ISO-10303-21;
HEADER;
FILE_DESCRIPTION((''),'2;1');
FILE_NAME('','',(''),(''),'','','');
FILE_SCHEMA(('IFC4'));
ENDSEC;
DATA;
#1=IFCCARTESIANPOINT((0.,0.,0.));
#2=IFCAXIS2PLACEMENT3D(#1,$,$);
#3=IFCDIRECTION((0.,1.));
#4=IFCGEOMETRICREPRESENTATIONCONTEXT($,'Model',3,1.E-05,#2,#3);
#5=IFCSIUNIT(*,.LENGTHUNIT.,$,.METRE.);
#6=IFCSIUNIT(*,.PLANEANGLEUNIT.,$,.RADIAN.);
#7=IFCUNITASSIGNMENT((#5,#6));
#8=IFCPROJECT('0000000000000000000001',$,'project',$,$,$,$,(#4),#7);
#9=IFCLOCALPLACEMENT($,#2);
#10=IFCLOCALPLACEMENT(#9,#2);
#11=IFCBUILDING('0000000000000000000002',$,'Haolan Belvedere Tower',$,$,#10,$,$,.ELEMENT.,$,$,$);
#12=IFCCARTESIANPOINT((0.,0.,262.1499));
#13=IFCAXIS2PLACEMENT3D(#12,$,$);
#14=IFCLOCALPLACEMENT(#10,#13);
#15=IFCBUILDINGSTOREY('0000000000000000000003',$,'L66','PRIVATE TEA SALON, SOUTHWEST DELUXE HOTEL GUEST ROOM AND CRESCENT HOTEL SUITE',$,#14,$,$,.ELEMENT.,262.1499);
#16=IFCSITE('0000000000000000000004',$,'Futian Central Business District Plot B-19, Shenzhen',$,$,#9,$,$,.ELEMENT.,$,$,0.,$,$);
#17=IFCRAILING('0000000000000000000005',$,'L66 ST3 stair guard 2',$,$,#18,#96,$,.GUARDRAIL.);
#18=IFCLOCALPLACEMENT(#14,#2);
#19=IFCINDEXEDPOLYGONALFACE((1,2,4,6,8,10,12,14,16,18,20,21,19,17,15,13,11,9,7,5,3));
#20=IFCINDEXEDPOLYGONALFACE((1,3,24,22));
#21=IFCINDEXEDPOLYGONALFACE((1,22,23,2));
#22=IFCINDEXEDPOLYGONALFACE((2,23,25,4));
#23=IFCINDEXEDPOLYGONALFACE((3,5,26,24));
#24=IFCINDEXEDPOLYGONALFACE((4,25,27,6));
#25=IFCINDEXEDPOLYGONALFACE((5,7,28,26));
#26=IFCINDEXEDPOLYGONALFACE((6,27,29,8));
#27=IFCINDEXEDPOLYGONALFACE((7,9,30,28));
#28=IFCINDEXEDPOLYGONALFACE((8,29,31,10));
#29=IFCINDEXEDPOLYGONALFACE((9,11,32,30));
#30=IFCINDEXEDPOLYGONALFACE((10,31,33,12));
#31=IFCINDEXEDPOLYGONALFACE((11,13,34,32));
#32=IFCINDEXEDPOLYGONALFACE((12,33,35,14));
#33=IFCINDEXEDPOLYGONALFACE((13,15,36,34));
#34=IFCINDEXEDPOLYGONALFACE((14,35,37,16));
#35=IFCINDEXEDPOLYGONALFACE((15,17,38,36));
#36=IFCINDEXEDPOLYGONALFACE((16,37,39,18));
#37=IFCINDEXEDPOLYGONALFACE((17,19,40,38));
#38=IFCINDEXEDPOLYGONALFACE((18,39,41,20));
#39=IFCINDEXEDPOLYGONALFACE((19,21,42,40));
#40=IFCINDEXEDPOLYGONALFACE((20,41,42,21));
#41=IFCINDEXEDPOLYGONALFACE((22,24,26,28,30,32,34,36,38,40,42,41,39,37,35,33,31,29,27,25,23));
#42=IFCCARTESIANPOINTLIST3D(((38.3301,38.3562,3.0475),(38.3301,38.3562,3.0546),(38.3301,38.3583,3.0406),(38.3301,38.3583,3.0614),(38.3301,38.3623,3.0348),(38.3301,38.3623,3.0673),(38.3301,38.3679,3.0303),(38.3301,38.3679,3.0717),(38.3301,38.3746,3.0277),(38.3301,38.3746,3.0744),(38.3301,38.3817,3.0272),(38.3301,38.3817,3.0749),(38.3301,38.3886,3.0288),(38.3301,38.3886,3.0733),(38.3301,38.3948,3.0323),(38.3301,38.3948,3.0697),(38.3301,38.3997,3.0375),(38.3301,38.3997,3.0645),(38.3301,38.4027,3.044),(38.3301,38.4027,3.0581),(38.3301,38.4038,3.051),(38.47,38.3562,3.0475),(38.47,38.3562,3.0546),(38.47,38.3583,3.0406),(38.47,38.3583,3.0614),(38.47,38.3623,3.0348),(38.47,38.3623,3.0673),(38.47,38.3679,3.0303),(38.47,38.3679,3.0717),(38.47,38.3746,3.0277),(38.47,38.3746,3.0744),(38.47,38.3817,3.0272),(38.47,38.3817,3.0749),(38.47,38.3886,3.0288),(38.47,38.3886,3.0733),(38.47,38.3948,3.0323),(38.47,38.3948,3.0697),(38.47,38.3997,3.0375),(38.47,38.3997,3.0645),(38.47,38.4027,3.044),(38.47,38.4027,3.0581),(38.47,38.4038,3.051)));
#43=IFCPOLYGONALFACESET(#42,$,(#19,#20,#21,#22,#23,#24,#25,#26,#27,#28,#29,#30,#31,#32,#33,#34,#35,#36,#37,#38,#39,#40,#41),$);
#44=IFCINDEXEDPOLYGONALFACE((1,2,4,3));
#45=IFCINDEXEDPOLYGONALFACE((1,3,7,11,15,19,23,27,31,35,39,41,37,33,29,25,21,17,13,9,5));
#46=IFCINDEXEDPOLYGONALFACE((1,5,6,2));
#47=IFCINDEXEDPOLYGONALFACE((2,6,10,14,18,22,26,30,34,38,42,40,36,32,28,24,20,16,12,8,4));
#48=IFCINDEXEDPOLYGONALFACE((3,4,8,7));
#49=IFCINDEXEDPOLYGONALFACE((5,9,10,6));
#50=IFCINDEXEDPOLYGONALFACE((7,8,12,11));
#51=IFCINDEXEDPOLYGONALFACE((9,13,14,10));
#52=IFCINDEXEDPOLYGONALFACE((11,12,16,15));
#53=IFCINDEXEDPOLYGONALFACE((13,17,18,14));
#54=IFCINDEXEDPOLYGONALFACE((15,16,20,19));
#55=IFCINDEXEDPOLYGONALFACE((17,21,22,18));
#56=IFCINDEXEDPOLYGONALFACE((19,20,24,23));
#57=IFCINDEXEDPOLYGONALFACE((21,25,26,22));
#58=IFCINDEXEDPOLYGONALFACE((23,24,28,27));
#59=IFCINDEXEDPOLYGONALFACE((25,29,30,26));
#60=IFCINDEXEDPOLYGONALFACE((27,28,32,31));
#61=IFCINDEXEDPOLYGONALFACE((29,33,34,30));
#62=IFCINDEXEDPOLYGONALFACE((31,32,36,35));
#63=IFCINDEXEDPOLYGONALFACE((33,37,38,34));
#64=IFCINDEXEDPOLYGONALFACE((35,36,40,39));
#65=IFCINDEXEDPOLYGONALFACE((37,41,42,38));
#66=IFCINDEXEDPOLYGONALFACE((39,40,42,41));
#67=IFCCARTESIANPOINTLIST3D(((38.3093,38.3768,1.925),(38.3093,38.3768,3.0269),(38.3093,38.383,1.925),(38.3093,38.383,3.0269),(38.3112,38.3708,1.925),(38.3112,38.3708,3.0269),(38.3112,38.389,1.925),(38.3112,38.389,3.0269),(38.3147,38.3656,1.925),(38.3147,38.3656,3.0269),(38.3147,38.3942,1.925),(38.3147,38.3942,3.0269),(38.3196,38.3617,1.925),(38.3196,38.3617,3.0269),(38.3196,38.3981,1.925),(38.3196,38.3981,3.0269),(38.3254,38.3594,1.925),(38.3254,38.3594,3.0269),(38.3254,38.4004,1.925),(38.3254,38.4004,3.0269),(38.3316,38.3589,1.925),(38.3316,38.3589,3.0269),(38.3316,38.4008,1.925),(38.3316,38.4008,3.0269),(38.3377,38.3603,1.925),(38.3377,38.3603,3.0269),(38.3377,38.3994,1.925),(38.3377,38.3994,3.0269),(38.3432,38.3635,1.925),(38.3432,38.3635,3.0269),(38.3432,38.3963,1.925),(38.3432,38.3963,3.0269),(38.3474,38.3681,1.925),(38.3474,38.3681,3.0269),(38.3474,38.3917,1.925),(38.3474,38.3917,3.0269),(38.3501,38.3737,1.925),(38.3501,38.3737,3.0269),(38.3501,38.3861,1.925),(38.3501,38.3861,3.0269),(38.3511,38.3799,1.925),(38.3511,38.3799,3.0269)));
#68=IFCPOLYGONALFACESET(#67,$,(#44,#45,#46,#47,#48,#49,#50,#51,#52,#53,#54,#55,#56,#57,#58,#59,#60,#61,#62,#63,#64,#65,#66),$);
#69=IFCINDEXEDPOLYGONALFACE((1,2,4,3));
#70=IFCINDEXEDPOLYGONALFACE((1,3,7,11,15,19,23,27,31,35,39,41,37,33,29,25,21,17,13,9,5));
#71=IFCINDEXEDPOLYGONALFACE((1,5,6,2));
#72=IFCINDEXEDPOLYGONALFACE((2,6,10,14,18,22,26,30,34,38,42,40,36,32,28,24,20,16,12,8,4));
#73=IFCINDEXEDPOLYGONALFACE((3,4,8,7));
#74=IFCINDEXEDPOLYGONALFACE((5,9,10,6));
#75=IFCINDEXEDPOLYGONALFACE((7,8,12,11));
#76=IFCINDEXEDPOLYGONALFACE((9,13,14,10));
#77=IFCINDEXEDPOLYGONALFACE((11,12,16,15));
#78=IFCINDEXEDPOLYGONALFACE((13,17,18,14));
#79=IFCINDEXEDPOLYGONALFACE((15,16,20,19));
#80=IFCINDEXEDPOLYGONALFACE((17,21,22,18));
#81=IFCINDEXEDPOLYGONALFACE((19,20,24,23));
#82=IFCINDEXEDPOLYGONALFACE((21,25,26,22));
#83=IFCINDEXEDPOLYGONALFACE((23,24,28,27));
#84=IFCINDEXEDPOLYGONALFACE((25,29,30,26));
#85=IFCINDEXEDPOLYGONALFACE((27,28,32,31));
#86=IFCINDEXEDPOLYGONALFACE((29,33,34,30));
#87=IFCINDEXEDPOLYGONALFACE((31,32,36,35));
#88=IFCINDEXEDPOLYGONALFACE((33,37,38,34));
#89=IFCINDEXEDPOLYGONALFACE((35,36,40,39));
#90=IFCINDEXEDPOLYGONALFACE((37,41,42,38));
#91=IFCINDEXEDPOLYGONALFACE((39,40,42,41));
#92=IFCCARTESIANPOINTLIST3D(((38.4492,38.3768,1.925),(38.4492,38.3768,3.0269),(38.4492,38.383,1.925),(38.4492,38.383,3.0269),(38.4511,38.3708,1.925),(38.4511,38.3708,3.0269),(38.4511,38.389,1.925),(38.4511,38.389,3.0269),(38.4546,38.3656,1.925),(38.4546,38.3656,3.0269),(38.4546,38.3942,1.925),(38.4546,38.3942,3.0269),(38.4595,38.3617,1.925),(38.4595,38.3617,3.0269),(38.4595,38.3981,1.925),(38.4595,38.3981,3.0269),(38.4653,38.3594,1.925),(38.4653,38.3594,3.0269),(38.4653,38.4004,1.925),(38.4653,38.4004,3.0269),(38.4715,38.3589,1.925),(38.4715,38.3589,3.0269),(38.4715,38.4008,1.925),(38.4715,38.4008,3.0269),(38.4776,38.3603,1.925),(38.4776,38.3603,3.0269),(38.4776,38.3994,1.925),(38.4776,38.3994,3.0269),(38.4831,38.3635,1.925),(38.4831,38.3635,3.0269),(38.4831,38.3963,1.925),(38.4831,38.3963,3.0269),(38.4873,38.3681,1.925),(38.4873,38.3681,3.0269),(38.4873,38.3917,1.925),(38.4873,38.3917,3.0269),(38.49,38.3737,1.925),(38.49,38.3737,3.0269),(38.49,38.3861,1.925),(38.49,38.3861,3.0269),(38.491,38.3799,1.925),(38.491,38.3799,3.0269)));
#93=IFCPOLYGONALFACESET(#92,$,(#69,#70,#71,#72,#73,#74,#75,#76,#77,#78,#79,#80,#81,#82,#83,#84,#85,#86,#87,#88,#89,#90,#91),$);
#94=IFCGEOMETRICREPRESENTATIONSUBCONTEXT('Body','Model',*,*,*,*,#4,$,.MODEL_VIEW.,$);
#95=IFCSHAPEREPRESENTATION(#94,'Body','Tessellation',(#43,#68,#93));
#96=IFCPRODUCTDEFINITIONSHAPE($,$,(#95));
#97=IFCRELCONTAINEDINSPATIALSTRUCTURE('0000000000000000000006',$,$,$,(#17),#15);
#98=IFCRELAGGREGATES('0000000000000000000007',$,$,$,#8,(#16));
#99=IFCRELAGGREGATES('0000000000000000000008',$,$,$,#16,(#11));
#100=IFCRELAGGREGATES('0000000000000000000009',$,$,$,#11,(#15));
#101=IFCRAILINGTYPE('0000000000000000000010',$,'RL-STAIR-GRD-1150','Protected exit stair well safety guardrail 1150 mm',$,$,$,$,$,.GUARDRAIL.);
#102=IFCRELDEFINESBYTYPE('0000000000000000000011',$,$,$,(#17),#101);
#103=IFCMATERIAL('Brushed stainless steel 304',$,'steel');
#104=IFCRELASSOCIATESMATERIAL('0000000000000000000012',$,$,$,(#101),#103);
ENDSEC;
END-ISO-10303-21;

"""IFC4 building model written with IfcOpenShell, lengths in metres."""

from ifc_helpers import new_model, si_unit, direction, frame, origin, origin_2d, place, context, subcontext, project, spatial, circle, extrude, material, type_object, element, save


model = new_model("IFC4")

# Units and contexts
model_context = context("Model", 3, precision=1e-05, world=origin(), true_north=direction((0.0, 1.0)))
body_context = subcontext(model_context, "Body", "Model", "MODEL_VIEW")
ifc_project = project(units=[si_unit("LENGTHUNIT", "METRE"), si_unit("PLANEANGLEUNIT", "RADIAN")], contexts=[model_context])

# Site, building, storey
site_placement = place(None, origin())
site = spatial("IfcSite", under=ifc_project, at=site_placement, Name="Futian Central Business District Plot B-19, Shenzhen", CompositionType="ELEMENT", RefElevation=0.0)
building_placement = place(site_placement, origin())
building = spatial("IfcBuilding", under=site, at=building_placement, Name="Haolan Belvedere Tower", CompositionType="ELEMENT")
storey_placement = place(building_placement, frame((0.0, 0.0, 262.1499)))
storey = spatial("IfcBuildingStorey", under=building, at=storey_placement, Name="L66", Description="PRIVATE TEA SALON, SOUTHWEST DELUXE HOTEL GUEST ROOM AND CRESCENT HOTEL SUITE", CompositionType="ELEMENT", Elevation=262.1499)

# Railing
ifc_material_1 = material(Name="Brushed stainless steel 304", Category="steel")
railing_type = type_object("IfcRailingType", Name="RL-STAIR-GRD-1150", Description="Protected exit stair well safety guardrail 1150 mm", PredefinedType="GUARDRAIL", material=ifc_material_1)
railing_1_placement = place(storey_placement, frame((38.3301, 38.3799, 1.925)))
element("IfcRailing", 1, at=railing_1_placement, inside=storey, type_object=railing_type, Name="L66 ST3 stair guard 2", PredefinedType="GUARDRAIL", context=body_context, shape_type="SweptSolid", body=[
    extrude(circle(Radius=0.0239, at=origin_2d()), frame((0.0, 0.0, 1.126), z_axis=(1.0, 0.0, 0.0), x_axis=(0.0, 1.0, 0.0)), (0.0, 0.0, 1.0), 0.1399),
    extrude(circle(Radius=0.021, at=origin_2d()), origin(), (0.0, 0.0, 1.0), 1.1018),
    extrude(circle(Radius=0.021, at=origin_2d()), frame((0.1399, 0.0, 0.0)), (0.0, 0.0, 1.0), 1.1018),
])

save(model, "model.ifc")
